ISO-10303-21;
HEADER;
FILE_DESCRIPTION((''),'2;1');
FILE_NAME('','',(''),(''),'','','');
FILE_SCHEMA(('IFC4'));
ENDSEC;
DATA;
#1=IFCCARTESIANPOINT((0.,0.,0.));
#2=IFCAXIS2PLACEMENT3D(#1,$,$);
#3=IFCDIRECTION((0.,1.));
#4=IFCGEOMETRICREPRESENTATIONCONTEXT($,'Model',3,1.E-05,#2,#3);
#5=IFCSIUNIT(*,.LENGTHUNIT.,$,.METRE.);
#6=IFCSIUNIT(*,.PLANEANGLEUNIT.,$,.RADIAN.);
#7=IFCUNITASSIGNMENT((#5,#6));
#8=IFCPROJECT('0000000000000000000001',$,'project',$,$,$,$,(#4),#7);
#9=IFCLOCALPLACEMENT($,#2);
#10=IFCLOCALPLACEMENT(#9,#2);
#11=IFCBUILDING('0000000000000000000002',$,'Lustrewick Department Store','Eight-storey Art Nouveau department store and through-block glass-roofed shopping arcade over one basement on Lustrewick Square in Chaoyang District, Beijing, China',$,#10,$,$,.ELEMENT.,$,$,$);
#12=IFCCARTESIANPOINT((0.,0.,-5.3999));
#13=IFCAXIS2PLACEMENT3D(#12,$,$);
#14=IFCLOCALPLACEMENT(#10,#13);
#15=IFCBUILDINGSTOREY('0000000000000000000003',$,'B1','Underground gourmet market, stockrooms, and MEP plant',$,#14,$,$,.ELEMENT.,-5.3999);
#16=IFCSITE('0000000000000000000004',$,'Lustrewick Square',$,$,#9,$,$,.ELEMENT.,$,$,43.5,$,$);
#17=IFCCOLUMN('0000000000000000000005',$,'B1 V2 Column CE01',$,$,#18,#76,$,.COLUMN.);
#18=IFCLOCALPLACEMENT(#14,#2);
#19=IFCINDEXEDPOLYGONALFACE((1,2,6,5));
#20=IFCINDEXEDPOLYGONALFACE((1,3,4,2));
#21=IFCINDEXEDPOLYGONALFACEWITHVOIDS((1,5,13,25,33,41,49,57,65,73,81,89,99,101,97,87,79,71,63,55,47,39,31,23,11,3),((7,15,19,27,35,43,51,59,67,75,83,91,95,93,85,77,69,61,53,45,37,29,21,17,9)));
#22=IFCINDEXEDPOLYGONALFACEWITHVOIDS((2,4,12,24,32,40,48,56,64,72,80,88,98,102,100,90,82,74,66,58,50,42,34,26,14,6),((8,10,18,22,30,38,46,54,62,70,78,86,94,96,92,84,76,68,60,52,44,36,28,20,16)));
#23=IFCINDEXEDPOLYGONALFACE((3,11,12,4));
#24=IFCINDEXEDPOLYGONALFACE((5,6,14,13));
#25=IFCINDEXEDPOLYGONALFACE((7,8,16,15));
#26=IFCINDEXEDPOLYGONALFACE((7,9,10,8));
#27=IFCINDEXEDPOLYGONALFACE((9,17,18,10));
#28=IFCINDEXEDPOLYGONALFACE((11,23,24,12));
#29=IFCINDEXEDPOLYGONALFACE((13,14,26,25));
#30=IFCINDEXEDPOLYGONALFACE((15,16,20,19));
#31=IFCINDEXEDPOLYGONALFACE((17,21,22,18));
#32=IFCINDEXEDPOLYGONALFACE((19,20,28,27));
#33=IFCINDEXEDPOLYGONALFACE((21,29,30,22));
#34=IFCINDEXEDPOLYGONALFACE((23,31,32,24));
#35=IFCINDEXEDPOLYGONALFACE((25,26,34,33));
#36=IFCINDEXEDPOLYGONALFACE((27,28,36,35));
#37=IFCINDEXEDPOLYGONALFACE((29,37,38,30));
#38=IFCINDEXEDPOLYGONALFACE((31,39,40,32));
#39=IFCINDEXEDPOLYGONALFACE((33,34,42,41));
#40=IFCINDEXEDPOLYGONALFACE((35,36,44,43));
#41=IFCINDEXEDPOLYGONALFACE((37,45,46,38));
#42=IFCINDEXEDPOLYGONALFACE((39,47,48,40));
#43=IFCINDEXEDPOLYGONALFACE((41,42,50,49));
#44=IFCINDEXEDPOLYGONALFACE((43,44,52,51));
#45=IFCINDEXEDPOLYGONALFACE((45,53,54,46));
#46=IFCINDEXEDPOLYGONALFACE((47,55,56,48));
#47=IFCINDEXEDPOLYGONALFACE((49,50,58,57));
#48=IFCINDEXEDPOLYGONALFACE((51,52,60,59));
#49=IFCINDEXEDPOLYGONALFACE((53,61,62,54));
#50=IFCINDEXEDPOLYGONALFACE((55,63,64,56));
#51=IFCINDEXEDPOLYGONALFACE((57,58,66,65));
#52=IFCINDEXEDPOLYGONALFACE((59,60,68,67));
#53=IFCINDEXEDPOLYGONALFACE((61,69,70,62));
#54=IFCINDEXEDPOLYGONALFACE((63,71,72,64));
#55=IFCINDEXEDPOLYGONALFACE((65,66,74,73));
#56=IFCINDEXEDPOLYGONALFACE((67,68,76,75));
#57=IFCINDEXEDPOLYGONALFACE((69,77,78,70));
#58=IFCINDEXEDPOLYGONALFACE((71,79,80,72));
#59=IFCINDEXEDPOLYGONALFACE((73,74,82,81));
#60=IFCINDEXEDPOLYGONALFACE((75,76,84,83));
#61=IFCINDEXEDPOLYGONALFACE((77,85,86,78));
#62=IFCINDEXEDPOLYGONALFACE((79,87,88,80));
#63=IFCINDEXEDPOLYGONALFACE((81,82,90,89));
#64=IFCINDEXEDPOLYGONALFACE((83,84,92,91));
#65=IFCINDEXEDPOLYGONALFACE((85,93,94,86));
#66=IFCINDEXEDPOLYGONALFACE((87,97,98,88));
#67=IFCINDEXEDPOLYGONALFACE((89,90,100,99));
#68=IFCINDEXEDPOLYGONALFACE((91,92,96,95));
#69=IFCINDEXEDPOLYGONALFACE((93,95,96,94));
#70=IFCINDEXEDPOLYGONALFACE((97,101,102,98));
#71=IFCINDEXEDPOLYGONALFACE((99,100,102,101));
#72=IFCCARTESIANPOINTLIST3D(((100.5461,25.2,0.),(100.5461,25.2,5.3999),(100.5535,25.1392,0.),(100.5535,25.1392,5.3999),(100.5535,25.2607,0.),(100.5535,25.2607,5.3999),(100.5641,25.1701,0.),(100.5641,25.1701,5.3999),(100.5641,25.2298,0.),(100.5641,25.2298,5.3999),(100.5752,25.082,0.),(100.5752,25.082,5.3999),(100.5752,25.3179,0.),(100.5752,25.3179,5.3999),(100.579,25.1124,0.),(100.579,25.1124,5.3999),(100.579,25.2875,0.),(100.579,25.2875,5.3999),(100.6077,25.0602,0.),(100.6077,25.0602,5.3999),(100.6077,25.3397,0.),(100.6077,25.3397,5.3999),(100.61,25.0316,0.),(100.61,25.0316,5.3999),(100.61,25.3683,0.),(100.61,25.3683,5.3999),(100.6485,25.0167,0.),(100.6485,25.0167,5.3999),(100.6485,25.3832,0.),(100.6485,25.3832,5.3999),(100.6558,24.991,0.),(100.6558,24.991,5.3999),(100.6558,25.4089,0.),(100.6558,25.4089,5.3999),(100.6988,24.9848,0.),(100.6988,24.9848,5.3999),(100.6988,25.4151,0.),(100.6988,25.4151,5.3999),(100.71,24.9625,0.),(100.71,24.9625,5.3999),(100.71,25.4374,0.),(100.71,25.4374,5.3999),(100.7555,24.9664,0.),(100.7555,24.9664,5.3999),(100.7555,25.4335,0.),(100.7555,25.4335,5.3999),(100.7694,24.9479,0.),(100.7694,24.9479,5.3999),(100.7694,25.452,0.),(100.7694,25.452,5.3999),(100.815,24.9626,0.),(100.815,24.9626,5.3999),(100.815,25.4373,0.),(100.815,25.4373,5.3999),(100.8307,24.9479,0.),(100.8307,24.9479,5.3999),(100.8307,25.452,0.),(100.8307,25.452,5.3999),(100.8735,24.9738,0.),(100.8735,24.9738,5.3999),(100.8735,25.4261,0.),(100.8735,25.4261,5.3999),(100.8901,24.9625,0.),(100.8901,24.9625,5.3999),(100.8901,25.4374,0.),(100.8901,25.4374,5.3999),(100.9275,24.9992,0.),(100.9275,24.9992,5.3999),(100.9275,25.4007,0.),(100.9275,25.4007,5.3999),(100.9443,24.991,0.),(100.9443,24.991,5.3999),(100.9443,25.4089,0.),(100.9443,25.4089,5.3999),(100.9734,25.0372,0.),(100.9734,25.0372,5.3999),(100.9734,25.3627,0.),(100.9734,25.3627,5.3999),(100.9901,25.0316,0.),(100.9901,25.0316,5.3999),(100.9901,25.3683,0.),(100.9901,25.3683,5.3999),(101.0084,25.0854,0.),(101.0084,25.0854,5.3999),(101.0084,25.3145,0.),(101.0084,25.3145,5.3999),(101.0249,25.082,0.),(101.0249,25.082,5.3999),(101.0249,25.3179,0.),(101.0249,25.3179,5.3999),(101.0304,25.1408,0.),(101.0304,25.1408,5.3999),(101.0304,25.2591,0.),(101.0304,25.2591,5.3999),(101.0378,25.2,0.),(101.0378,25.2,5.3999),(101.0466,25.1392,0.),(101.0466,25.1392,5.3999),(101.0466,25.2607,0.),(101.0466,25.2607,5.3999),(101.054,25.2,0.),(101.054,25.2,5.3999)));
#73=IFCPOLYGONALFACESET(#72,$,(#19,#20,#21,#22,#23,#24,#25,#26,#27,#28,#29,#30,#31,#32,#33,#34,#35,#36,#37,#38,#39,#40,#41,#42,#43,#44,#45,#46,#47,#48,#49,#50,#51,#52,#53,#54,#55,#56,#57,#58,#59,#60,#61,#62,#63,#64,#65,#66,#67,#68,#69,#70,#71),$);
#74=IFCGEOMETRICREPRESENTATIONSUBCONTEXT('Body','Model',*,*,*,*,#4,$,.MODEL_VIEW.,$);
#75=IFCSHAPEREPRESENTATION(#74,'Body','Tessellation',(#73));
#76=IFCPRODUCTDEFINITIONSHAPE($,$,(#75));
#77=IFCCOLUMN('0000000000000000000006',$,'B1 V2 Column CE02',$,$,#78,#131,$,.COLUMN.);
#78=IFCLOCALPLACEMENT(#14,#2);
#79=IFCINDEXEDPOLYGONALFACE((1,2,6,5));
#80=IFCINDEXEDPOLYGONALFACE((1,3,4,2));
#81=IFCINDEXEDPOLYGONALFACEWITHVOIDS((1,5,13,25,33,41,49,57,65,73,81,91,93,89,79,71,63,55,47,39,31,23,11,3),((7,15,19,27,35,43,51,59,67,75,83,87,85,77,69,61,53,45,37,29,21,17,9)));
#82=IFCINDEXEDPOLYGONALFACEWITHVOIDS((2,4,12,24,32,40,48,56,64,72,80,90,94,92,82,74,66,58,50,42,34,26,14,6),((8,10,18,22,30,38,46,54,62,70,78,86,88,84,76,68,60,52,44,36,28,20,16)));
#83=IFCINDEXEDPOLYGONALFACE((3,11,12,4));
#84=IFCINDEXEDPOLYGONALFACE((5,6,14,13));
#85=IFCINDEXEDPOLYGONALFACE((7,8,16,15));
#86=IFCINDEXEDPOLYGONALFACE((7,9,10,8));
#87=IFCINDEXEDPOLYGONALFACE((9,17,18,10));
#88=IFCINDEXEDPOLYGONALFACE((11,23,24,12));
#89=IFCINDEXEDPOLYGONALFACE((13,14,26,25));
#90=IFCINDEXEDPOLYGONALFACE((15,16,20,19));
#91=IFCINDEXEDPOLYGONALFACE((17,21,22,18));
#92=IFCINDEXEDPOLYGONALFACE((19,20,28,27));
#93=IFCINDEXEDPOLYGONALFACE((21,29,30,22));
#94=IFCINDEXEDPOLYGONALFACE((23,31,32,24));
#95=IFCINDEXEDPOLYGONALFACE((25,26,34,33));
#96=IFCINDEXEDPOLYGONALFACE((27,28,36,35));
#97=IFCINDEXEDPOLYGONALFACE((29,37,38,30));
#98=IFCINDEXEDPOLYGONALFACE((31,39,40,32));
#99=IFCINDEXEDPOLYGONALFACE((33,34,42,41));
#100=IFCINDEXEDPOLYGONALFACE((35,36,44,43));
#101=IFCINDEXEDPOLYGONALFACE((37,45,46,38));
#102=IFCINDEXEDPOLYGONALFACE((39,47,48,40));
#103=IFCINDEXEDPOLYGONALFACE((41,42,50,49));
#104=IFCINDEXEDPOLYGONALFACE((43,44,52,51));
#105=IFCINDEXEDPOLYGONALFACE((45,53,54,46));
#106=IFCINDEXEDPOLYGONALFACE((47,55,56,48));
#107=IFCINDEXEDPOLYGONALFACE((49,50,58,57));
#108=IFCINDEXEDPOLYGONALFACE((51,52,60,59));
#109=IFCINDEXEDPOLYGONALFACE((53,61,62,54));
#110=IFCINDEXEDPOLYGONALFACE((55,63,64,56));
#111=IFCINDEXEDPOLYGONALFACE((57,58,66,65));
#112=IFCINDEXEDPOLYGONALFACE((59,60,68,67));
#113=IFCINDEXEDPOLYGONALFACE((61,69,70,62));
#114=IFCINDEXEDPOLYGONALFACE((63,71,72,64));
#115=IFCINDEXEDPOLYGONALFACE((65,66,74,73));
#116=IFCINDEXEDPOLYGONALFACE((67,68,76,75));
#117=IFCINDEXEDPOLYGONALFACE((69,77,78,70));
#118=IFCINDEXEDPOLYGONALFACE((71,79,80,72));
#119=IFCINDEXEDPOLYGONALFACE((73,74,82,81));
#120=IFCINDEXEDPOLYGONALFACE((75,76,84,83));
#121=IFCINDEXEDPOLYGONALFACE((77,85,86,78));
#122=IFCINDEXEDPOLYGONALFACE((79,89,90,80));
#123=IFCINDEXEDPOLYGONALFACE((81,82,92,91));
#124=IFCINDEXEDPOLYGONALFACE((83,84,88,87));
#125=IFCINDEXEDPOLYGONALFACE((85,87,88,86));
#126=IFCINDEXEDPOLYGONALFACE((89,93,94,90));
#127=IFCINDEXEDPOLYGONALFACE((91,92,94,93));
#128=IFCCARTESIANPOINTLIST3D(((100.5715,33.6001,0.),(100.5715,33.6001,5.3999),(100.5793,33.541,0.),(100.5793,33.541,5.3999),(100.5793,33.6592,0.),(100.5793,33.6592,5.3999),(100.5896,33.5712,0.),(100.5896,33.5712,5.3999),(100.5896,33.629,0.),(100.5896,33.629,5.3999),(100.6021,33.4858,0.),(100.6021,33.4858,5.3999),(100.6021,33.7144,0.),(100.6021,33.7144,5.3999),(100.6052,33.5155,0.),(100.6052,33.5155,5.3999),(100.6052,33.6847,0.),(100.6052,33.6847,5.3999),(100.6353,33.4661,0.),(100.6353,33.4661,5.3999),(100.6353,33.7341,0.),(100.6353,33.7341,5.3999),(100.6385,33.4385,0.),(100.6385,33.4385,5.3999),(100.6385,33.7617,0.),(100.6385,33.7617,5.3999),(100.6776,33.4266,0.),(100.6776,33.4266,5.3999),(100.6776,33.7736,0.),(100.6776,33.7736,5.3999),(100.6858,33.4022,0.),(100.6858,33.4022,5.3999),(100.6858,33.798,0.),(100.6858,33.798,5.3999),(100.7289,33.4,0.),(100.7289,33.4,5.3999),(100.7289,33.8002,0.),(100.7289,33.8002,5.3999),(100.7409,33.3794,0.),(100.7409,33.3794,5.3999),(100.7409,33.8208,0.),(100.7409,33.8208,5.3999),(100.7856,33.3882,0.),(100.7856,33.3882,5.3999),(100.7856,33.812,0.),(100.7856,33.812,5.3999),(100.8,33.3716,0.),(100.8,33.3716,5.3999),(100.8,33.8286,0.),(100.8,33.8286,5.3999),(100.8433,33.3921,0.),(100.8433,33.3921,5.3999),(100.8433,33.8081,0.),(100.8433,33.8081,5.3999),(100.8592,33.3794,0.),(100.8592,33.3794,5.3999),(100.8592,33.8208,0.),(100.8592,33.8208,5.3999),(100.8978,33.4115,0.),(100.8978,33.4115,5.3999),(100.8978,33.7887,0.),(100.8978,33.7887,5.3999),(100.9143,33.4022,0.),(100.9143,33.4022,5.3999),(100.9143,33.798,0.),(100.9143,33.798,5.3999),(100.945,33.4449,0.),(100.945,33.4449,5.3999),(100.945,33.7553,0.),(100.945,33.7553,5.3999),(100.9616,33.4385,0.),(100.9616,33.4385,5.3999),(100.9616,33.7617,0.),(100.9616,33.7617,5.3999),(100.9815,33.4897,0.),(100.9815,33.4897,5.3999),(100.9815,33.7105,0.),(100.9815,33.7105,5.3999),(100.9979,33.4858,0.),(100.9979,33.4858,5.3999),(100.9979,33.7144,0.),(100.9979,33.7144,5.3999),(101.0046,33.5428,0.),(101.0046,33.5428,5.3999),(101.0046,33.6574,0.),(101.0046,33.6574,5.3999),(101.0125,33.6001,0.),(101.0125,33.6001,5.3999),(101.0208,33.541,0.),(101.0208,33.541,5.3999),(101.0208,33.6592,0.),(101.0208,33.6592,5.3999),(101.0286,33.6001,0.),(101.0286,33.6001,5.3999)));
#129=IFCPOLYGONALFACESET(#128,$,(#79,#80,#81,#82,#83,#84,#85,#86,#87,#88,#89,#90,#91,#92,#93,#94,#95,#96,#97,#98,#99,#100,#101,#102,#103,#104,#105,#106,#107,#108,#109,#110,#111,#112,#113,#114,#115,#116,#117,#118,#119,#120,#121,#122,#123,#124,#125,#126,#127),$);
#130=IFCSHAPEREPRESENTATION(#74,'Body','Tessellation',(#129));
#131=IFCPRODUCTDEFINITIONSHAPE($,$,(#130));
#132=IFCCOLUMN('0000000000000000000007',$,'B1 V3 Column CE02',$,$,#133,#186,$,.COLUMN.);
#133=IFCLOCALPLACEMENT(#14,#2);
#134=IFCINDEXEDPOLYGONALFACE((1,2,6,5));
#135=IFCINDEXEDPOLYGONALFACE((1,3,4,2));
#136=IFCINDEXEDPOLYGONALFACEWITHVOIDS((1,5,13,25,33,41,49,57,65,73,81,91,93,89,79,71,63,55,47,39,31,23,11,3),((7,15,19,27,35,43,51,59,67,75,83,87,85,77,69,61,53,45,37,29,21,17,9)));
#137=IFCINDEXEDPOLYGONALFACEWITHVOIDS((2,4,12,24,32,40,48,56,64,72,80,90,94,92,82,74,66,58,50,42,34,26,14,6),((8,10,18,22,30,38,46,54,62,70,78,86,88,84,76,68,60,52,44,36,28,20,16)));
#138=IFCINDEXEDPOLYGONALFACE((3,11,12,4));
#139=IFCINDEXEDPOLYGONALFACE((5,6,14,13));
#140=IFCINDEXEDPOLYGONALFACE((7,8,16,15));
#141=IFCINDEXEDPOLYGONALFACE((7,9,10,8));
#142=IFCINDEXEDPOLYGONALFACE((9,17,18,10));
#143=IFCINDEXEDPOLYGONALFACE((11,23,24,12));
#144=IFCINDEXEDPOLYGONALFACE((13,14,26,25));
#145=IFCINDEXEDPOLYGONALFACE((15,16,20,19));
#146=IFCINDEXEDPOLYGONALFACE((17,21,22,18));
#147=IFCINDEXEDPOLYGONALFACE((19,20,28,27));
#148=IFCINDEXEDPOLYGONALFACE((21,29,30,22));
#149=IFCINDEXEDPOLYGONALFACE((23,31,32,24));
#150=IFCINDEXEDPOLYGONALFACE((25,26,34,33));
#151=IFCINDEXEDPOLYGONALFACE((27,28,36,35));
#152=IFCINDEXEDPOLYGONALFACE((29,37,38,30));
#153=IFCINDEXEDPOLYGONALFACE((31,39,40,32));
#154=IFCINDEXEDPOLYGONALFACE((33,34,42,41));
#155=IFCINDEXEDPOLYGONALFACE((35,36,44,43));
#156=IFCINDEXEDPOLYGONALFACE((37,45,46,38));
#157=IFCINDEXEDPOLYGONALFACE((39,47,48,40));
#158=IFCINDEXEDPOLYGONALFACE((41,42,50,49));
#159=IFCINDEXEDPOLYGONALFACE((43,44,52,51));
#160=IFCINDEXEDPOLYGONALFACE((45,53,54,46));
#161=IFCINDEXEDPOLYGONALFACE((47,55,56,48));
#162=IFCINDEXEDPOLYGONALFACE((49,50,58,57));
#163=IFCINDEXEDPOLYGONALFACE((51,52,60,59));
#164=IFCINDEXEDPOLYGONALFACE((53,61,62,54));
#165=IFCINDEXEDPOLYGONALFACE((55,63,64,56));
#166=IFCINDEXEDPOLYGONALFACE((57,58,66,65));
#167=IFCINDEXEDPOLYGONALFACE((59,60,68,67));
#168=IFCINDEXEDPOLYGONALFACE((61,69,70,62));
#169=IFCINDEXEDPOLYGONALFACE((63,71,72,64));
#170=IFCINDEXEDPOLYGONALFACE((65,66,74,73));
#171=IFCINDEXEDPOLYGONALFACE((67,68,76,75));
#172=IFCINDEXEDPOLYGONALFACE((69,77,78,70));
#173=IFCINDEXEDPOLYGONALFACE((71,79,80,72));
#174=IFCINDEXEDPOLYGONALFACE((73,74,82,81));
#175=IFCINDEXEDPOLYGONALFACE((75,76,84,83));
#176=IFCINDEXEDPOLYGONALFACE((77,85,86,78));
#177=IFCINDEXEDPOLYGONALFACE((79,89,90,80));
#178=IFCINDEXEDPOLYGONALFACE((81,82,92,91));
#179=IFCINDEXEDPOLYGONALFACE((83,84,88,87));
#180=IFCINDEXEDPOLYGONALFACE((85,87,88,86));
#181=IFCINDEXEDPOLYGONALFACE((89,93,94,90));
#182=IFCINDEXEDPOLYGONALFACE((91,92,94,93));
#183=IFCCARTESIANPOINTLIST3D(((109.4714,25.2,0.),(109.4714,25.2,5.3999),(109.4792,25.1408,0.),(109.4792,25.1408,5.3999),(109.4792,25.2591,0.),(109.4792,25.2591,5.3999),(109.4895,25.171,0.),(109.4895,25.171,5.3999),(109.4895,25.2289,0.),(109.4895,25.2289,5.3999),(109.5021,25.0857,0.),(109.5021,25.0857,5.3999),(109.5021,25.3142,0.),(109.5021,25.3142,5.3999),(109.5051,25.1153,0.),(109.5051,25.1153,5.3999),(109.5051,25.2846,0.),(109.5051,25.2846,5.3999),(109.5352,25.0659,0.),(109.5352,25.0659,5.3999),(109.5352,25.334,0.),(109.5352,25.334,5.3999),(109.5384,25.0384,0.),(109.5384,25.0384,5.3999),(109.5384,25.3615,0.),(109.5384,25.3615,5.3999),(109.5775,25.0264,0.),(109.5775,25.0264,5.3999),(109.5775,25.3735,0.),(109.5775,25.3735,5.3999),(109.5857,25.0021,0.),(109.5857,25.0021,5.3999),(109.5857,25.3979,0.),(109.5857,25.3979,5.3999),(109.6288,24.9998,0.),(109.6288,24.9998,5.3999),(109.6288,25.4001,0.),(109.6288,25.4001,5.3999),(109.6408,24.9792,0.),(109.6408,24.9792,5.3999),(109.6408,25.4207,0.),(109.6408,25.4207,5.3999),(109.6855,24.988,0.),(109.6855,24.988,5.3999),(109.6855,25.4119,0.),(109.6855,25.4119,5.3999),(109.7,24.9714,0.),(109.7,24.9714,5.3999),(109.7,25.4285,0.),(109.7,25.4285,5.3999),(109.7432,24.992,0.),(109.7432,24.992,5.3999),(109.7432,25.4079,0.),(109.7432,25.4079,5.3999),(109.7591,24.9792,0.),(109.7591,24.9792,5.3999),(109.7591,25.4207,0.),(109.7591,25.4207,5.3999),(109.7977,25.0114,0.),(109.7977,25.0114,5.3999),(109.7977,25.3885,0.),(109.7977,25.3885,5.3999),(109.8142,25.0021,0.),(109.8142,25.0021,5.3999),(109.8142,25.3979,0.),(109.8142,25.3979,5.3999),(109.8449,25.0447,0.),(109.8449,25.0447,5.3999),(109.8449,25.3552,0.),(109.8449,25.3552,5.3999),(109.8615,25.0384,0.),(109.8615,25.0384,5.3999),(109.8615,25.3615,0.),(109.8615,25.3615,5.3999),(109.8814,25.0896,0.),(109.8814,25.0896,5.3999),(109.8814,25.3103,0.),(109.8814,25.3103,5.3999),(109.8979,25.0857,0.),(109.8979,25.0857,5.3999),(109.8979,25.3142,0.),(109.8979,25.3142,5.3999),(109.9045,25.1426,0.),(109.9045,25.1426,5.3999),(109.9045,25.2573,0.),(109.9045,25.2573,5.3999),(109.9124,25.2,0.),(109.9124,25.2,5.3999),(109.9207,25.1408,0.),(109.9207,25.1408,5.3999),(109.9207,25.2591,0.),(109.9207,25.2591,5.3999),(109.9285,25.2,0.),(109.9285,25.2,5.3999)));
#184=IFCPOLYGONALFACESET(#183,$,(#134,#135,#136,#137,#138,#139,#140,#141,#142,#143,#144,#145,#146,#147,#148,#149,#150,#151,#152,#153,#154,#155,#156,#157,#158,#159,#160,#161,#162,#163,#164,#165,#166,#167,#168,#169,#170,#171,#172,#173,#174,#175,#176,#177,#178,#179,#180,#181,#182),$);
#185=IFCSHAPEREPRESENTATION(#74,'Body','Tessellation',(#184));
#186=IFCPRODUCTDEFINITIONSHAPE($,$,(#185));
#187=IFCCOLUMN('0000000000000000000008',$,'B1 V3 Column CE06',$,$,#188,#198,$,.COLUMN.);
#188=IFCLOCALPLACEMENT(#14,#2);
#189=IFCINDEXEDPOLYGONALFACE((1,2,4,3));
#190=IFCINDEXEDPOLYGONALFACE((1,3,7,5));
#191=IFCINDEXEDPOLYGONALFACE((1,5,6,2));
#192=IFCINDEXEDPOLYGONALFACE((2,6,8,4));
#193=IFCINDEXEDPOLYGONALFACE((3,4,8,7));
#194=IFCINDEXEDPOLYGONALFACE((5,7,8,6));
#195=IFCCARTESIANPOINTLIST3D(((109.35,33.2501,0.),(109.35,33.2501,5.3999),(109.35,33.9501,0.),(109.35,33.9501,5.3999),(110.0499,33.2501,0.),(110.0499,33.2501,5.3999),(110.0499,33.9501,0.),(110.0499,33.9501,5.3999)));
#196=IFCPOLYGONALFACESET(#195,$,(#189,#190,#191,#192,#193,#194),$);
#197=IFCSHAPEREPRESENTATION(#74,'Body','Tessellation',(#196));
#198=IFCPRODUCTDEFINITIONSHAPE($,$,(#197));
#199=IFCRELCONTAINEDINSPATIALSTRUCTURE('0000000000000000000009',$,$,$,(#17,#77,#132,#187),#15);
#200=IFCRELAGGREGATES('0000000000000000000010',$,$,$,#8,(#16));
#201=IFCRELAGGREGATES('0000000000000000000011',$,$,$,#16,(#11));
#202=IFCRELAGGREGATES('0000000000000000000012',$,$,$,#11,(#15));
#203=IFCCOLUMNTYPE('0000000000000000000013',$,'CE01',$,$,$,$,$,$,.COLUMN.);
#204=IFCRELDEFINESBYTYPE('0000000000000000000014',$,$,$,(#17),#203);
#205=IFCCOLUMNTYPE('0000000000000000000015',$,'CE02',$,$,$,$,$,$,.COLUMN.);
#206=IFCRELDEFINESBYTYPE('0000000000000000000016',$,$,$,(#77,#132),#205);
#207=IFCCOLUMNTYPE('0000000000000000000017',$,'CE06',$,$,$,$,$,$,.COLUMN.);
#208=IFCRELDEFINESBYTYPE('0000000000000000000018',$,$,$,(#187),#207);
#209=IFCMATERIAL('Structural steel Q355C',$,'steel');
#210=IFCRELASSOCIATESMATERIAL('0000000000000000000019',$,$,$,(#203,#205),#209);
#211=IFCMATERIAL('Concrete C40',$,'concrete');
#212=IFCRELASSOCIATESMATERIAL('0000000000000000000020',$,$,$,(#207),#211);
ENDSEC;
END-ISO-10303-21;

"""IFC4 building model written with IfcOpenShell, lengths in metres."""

from ifc_helpers import new_model, si_unit, direction, frame, origin, origin_2d, place, context, subcontext, project, spatial, rectangle, hollow_circle, extrude, material, material_profile, profile_set, type_object, element, save


model = new_model("IFC4")

# Units and contexts
model_context = context("Model", 3, precision=1e-05, world=origin(), true_north=direction((0.0, 1.0)))
body_context = subcontext(model_context, "Body", "Model", "MODEL_VIEW")
ifc_project = project(units=[si_unit("LENGTHUNIT", "METRE"), si_unit("PLANEANGLEUNIT", "RADIAN")], contexts=[model_context])

# Site, building, storey
site_placement = place(None, origin())
site = spatial("IfcSite", under=ifc_project, at=site_placement, Name="Lustrewick Square", CompositionType="ELEMENT", RefElevation=43.5)
building_placement = place(site_placement, origin())
building = spatial("IfcBuilding", under=site, at=building_placement, Name="Lustrewick Department Store", Description="Eight-storey Art Nouveau department store and through-block glass-roofed shopping arcade over one basement on Lustrewick Square in Chaoyang District, Beijing, China", CompositionType="ELEMENT")
storey_placement = place(building_placement, frame((0.0, 0.0, -5.3999)))
storey = spatial("IfcBuildingStorey", under=building, at=storey_placement, Name="B1", Description="Underground gourmet market, stockrooms, and MEP plant", CompositionType="ELEMENT", Elevation=-5.3999)

# Shared definitions
ifc_material_1 = material(Name="Concrete C40", Category="concrete")

# Columns
ifc_material_2 = material(Name="Structural steel Q355C", Category="steel")
ifc_material_profile_1 = material_profile(ifc_material_2, hollow_circle(Radius=0.2539, WallThickness=0.0161, at=origin_2d()), Name="CHS 508x16")
ifc_profile_set_1 = profile_set([ifc_material_profile_1], Name="Structural steel Q355C")
column_type_1 = type_object("IfcColumnType", Name="CE01", PredefinedType="COLUMN", material=ifc_profile_set_1)
column_1_placement = place(storey_placement, frame((100.8, 25.2, 0.0), z_axis=(0.0, 0.0, 1.0), x_axis=(1.0, 0.0, 0.0)))
element("IfcColumn", 1, at=column_1_placement, inside=storey, type_object=column_type_1, Name="B1 V2 Column CE01", PredefinedType="COLUMN", context=body_context, shape_type="SweptSolid", body=[
    extrude(hollow_circle(Radius=0.2539, WallThickness=0.0161, at=origin_2d()), origin(), (0.0, 0.0, 1.0), 5.3999),
])
ifc_material_profile_2 = material_profile(ifc_material_2, hollow_circle(Radius=0.2285, WallThickness=0.0161, at=origin_2d()), Name="CHS 457x16")
ifc_profile_set_2 = profile_set([ifc_material_profile_2], Name="Structural steel Q355C")
column_type_2 = type_object("IfcColumnType", Name="CE02", PredefinedType="COLUMN", material=ifc_profile_set_2)
for number, where, z_axis, x_axis, name in (
    (2, (100.8, 33.6001, 0.0), (0.0, 0.0, 1.0), (1.0, 0.0, 0.0), "B1 V2 Column CE02"),
    (3, (109.7, 25.2, 0.0), (0.0, 0.0, 1.0), (1.0, 0.0, 0.0), "B1 V3 Column CE02"),
):
    element("IfcColumn", number, at=place(storey_placement, frame(where, z_axis=z_axis, x_axis=x_axis)), inside=storey, type_object=column_type_2, Name=name, PredefinedType="COLUMN", context=body_context, shape_type="SweptSolid", body=[
        extrude(hollow_circle(Radius=0.2285, WallThickness=0.0161, at=origin_2d()), origin(), (0.0, 0.0, 1.0), 5.3999),
    ])
ifc_material_profile_3 = material_profile(ifc_material_1, rectangle(XDim=0.7, YDim=0.7, at=origin_2d()), Name="RC 700x700")
ifc_profile_set_3 = profile_set([ifc_material_profile_3], Name="Concrete C40")
column_type_3 = type_object("IfcColumnType", Name="CE06", PredefinedType="COLUMN", material=ifc_profile_set_3)
column_2_placement = place(storey_placement, frame((109.7, 33.6001, 0.0), z_axis=(0.0, 0.0, 1.0), x_axis=(1.0, 0.0, 0.0)))
element("IfcColumn", 4, at=column_2_placement, inside=storey, type_object=column_type_3, Name="B1 V3 Column CE06", PredefinedType="COLUMN", context=body_context, shape_type="SweptSolid", body=[
    extrude(rectangle(XDim=0.7, YDim=0.7, at=origin_2d()), origin(), (0.0, 0.0, 1.0), 5.3999),
])

save(model, "model.ifc")
